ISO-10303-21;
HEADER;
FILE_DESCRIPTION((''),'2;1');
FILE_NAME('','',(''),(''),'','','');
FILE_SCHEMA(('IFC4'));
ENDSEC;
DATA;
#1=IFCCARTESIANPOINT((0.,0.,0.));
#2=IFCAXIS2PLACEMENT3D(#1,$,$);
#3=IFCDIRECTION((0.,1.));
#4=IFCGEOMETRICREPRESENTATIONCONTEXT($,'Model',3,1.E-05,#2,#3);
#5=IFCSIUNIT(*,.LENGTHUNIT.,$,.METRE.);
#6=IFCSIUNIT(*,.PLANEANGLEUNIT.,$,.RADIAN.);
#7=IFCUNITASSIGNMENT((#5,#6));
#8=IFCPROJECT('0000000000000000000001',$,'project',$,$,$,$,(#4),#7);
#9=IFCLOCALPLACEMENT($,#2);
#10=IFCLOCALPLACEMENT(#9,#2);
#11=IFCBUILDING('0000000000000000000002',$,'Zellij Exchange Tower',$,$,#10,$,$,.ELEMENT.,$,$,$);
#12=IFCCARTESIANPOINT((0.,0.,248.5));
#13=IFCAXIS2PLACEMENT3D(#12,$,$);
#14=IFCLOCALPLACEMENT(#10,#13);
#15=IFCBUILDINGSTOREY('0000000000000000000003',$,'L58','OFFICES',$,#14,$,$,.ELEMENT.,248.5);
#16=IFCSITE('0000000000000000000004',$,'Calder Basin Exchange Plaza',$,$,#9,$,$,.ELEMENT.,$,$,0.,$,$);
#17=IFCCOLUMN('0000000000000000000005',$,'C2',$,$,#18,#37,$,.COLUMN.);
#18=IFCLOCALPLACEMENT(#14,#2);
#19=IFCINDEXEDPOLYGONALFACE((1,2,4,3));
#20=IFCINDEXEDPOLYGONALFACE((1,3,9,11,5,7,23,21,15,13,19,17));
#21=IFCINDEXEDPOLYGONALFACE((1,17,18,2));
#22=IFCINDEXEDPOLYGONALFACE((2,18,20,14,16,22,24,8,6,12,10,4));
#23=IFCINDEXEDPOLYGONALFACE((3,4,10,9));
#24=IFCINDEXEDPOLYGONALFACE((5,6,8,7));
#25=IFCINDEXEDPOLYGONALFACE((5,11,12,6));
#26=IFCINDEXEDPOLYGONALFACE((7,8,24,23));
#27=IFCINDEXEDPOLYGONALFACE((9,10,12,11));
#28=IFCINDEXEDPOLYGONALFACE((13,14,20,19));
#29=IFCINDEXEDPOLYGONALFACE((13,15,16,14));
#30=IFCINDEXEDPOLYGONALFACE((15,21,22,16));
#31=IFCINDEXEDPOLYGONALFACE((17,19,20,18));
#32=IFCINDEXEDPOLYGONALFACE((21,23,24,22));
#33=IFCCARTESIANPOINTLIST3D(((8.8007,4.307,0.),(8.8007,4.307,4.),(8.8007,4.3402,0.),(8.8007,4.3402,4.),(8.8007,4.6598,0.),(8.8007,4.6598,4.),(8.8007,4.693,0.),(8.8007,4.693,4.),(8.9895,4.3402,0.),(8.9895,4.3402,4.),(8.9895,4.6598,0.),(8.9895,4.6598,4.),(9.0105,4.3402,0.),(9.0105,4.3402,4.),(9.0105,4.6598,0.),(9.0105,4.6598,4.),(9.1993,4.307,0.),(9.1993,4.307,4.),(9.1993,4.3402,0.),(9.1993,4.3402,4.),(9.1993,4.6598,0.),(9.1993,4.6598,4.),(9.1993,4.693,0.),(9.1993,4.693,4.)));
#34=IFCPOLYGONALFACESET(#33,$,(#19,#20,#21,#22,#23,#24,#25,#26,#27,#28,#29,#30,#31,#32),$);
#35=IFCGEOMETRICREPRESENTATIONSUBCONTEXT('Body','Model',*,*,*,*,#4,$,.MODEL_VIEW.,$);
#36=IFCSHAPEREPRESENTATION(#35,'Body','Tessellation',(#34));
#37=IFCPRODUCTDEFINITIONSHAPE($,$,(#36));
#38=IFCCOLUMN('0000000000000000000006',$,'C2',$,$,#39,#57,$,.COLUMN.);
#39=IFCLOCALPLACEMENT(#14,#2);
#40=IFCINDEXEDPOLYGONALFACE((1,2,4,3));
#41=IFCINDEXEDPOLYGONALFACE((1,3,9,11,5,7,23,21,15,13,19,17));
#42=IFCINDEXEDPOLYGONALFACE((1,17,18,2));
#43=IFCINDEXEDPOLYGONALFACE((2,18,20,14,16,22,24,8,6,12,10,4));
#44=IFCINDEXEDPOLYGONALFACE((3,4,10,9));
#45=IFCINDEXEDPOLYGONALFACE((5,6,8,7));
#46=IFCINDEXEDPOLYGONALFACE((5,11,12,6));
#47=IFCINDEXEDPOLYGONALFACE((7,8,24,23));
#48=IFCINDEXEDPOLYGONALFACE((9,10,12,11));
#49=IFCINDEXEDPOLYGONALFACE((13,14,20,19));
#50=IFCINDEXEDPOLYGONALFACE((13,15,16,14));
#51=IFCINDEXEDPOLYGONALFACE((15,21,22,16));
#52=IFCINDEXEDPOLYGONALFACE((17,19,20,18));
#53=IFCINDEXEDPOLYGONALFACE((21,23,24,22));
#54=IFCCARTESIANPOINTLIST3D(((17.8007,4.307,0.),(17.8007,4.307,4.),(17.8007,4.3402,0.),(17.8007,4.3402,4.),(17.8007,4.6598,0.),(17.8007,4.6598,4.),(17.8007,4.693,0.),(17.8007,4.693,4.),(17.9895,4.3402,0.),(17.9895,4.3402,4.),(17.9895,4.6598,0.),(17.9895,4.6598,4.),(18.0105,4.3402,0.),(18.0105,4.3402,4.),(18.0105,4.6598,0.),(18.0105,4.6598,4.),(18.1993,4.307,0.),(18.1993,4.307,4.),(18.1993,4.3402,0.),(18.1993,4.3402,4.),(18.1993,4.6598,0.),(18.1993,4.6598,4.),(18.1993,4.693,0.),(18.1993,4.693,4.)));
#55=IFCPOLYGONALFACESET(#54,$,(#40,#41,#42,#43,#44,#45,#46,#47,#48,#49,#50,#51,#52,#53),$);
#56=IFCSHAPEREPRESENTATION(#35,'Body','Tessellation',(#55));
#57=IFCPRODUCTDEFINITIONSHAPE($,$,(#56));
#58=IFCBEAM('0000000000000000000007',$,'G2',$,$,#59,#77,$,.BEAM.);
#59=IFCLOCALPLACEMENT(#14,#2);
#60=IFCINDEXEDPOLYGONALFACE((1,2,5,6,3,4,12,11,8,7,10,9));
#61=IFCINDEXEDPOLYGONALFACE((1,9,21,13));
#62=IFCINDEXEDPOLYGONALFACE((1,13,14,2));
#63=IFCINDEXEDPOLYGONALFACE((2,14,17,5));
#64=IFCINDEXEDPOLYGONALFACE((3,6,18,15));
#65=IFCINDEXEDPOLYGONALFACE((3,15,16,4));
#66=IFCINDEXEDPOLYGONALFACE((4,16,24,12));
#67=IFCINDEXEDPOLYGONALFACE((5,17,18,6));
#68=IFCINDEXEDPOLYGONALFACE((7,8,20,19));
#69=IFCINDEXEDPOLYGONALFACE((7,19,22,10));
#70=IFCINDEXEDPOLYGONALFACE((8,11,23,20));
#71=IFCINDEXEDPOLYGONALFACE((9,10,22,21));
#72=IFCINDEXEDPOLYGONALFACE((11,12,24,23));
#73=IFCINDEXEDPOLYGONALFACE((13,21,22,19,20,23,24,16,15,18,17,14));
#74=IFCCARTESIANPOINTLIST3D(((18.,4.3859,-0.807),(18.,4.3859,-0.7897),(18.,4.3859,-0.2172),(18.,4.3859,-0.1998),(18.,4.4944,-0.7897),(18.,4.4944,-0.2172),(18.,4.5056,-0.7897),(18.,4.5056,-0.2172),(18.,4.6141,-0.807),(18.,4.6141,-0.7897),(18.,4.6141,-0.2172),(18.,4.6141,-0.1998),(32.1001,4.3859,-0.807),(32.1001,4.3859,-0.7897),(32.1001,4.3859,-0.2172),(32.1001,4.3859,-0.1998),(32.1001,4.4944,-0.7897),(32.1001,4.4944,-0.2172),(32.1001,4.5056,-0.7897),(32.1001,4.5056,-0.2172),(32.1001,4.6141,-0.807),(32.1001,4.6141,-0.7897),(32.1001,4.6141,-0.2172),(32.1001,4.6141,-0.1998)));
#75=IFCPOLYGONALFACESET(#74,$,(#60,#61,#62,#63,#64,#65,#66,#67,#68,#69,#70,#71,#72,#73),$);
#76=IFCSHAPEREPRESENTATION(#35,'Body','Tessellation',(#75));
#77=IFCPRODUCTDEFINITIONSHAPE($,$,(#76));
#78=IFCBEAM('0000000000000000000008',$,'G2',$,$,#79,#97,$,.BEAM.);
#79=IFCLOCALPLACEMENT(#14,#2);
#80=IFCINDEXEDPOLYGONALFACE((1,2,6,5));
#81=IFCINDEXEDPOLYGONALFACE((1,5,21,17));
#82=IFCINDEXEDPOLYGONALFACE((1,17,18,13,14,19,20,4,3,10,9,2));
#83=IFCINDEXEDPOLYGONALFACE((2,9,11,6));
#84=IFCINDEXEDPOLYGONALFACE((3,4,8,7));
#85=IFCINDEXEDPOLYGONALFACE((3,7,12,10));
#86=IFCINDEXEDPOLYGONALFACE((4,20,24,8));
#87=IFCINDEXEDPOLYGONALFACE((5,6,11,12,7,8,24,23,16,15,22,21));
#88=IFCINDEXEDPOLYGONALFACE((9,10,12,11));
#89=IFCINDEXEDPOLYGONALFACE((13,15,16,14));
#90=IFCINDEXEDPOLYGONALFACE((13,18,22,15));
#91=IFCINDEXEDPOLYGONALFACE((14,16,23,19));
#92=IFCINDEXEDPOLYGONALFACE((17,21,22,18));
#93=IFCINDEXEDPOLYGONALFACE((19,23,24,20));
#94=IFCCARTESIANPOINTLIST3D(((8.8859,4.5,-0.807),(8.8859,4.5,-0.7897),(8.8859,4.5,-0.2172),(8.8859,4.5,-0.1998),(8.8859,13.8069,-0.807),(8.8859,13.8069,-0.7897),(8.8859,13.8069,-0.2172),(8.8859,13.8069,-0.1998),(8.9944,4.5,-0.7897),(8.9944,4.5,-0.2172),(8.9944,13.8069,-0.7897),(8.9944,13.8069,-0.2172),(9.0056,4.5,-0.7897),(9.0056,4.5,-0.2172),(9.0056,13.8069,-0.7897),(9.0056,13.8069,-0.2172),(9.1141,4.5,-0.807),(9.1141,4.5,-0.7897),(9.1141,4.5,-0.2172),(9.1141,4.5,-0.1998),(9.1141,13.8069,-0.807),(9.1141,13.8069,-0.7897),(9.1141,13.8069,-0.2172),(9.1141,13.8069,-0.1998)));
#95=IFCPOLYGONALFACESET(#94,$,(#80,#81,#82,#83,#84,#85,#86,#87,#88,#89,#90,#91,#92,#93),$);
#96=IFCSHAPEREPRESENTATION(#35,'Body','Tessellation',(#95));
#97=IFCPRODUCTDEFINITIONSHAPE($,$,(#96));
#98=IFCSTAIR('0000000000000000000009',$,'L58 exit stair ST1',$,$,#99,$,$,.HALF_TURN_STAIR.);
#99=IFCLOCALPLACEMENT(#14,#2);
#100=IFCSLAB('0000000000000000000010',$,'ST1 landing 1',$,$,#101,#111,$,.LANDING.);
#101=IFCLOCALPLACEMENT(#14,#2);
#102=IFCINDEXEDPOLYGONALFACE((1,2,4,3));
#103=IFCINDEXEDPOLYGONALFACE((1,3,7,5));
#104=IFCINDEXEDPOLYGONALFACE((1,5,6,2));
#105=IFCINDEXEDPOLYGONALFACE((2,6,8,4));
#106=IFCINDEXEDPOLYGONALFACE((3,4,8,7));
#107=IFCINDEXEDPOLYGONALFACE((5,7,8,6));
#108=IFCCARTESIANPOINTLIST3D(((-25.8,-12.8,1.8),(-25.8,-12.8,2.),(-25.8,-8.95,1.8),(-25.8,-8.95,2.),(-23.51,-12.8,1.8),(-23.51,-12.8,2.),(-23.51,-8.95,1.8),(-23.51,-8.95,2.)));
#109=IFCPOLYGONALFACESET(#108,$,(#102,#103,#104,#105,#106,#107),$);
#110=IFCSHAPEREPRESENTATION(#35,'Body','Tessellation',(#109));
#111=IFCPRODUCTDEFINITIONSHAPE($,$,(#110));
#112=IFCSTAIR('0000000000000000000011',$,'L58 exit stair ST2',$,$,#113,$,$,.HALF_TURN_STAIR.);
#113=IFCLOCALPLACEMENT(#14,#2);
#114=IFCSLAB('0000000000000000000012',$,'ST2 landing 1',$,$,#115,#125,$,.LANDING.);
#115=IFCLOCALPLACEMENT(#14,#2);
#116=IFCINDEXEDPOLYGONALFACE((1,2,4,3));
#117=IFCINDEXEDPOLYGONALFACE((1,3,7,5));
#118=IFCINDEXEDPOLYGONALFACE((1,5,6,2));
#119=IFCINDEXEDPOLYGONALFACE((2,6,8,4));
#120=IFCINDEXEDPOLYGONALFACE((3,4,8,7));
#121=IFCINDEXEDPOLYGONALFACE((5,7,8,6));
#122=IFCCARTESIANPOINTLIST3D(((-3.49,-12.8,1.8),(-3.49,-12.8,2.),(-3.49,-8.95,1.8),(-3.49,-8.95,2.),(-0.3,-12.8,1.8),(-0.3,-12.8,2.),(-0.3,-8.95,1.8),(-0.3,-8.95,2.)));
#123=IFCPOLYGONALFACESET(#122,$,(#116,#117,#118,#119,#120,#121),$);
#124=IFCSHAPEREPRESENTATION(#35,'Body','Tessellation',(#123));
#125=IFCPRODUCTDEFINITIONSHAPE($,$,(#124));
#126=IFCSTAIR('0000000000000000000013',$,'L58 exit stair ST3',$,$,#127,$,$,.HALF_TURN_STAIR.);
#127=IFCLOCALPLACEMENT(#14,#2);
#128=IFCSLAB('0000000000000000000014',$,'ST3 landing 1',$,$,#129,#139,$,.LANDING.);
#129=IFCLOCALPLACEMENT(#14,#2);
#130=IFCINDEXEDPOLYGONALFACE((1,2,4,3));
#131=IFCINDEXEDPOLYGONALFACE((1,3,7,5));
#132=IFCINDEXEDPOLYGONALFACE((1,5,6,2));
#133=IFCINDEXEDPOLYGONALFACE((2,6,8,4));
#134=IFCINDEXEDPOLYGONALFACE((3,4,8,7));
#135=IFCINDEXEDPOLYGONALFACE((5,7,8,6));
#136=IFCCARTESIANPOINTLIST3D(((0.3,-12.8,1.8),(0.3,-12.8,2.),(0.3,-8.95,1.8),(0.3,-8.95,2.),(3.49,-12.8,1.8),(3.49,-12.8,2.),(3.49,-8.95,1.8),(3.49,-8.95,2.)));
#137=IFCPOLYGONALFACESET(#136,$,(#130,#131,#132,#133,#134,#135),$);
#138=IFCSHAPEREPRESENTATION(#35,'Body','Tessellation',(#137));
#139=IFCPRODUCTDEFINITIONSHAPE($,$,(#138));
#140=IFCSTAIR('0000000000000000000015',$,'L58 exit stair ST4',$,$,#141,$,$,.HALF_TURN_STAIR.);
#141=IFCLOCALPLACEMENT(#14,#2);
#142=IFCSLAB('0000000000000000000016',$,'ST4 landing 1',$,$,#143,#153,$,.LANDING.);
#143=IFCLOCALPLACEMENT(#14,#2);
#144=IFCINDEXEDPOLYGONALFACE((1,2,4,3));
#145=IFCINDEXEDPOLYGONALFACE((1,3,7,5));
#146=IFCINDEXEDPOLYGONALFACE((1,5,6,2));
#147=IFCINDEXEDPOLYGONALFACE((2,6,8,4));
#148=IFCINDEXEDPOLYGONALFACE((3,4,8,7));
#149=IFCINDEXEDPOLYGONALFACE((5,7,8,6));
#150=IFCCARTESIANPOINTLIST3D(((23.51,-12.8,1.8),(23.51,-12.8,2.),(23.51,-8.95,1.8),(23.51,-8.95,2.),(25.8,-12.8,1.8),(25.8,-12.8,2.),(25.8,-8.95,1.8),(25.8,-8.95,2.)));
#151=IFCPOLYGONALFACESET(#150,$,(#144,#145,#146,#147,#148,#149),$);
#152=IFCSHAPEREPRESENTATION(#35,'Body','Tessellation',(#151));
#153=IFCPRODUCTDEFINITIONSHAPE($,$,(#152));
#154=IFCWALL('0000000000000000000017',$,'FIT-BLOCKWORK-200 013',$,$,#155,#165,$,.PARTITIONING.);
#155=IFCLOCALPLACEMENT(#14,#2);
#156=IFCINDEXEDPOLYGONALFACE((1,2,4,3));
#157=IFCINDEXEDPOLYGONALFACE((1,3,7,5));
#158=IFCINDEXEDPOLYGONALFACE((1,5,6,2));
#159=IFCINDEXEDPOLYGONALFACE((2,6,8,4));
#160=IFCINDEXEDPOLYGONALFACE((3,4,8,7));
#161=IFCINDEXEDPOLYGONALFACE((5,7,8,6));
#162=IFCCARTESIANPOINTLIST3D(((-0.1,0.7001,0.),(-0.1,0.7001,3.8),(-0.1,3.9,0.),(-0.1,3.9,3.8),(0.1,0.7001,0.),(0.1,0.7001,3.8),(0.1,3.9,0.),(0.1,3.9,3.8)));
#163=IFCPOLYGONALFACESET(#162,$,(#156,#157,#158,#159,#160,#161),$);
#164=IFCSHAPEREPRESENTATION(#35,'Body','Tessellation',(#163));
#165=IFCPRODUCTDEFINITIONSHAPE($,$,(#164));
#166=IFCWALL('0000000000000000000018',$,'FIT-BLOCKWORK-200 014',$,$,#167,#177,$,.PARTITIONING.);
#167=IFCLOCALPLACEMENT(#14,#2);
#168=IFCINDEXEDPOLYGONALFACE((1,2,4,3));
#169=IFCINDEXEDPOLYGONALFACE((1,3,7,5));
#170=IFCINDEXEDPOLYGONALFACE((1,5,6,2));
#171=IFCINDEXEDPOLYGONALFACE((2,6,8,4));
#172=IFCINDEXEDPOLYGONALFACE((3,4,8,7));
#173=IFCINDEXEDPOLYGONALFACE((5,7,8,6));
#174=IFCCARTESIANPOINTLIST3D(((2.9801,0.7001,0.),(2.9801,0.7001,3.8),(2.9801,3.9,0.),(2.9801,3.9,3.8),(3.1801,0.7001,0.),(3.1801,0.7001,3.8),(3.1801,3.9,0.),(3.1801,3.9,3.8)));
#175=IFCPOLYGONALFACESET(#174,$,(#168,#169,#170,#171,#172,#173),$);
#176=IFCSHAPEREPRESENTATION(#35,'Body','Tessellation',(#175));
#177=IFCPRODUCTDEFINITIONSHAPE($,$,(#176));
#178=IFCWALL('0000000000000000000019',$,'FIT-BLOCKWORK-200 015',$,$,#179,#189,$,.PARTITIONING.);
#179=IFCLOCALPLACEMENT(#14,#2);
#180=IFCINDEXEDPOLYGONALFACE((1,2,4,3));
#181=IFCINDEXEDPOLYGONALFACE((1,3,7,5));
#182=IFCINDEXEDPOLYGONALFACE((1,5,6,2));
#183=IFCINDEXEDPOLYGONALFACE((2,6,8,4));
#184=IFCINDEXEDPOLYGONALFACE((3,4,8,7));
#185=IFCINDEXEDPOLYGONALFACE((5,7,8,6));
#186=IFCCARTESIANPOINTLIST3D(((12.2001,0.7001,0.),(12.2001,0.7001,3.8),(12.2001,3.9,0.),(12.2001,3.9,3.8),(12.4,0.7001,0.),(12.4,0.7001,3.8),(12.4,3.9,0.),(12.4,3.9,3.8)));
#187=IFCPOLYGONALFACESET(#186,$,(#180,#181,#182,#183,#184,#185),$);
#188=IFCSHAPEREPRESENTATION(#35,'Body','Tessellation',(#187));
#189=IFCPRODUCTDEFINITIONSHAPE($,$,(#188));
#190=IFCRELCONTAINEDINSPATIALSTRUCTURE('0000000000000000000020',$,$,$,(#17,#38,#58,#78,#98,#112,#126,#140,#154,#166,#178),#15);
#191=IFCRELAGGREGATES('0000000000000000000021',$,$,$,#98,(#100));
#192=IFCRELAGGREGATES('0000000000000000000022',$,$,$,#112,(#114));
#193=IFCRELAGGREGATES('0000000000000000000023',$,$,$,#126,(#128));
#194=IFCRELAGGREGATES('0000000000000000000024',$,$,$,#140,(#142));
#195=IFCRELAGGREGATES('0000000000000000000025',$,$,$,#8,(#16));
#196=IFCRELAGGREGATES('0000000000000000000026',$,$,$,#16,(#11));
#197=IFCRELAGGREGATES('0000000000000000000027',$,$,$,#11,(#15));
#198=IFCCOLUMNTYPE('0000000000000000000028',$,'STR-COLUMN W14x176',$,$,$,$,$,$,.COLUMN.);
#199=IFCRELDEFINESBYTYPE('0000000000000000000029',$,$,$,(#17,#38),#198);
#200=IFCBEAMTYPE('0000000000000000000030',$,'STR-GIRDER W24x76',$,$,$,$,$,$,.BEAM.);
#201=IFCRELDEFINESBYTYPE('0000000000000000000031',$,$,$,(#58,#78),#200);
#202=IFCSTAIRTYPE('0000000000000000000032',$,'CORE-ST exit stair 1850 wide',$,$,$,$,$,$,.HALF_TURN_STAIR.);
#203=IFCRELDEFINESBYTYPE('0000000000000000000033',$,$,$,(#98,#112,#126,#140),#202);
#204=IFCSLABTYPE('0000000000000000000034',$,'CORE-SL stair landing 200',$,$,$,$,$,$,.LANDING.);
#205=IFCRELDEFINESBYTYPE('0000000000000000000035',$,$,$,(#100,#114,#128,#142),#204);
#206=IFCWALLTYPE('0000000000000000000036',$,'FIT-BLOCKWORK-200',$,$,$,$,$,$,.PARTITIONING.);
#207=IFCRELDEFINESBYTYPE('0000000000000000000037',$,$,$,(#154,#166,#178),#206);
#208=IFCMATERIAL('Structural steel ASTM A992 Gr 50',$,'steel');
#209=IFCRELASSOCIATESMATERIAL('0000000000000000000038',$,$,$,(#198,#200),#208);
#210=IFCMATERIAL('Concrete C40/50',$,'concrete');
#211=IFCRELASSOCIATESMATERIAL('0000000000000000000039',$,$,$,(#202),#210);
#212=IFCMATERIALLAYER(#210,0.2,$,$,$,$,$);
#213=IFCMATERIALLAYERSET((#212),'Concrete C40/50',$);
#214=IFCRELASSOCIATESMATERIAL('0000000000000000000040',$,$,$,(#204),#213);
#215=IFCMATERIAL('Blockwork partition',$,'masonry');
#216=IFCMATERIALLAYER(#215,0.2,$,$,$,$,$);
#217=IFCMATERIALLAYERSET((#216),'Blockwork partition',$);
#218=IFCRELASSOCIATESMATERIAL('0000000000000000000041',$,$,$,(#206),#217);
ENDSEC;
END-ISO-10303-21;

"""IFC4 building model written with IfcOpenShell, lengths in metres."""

from ifc_helpers import new_model, si_unit, direction, frame, frame_2d, origin, origin_2d, place, context, subcontext, project, spatial, polyline, rectangle, i_section, outline, extrude, material, layer, layer_set, material_profile, profile_set, type_object, element, aggregate, save


model = new_model("IFC4")

# Units and contexts
model_context = context("Model", 3, precision=1e-05, world=origin(), true_north=direction((0.0, 1.0)))
body_context = subcontext(model_context, "Body", "Model", "MODEL_VIEW")
ifc_project = project(units=[si_unit("LENGTHUNIT", "METRE"), si_unit("PLANEANGLEUNIT", "RADIAN")], contexts=[model_context])

# Site, building, storey
site_placement = place(None, origin())
site = spatial("IfcSite", under=ifc_project, at=site_placement, Name="Calder Basin Exchange Plaza", CompositionType="ELEMENT", RefElevation=0.0)
building_placement = place(site_placement, origin())
building = spatial("IfcBuilding", under=site, at=building_placement, Name="Zellij Exchange Tower", CompositionType="ELEMENT")
storey_placement = place(building_placement, frame((0.0, 0.0, 248.5)))
storey = spatial("IfcBuildingStorey", under=building, at=storey_placement, Name="L58", Description="OFFICES", CompositionType="ELEMENT", Elevation=248.5)

# Columns
ifc_material_1 = material(Name="Structural steel ASTM A992 Gr 50", Category="steel")
ifc_material_profile_1 = material_profile(ifc_material_1, i_section(OverallWidth=0.3987, OverallDepth=0.386, WebThickness=0.021, FlangeThickness=0.0332, at=origin_2d()), Name="W14x176")
ifc_profile_set_1 = profile_set([ifc_material_profile_1], Name="Structural steel ASTM A992 Gr 50")
column_type = type_object("IfcColumnType", Name="STR-COLUMN W14x176", PredefinedType="COLUMN", material=ifc_profile_set_1)
for number, where, z_axis, x_axis, name in (
    (1, (9.0, 4.5, 0.0), (0.0, 0.0, 1.0), (1.0, 0.0, 0.0), "C2"),
    (2, (18.0, 4.5, 0.0), (0.0, 0.0, 1.0), (1.0, 0.0, 0.0), "C2"),
):
    element("IfcColumn", number, at=place(storey_placement, frame(where, z_axis=z_axis, x_axis=x_axis)), inside=storey, type_object=column_type, Name=name, PredefinedType="COLUMN", context=body_context, shape_type="SweptSolid", body=[
        extrude(i_section(OverallWidth=0.3987, OverallDepth=0.386, WebThickness=0.021, FlangeThickness=0.0332, at=origin_2d()), origin(), (0.0, 0.0, 1.0), 4.0),
    ])

# Beams
ifc_material_profile_2 = material_profile(ifc_material_1, i_section(OverallWidth=0.2283, OverallDepth=0.6072, WebThickness=0.0112, FlangeThickness=0.0173, at=origin_2d()), Name="W24x76")
ifc_profile_set_2 = profile_set([ifc_material_profile_2], Name="Structural steel ASTM A992 Gr 50")
beam_type = type_object("IfcBeamType", Name="STR-GIRDER W24x76", PredefinedType="BEAM", material=ifc_profile_set_2)
beam_1_placement = place(storey_placement, frame((18.0, 4.5, -0.5034), z_axis=(1.0, 0.0, 0.0), x_axis=(0.0, 1.0, 0.0)))
element("IfcBeam", 3, at=beam_1_placement, inside=storey, type_object=beam_type, Name="G2", PredefinedType="BEAM", context=body_context, shape_type="SweptSolid", body=[
    extrude(i_section(OverallWidth=0.2283, OverallDepth=0.6072, WebThickness=0.0112, FlangeThickness=0.0173, at=origin_2d()), origin(), (0.0, 0.0, 1.0), 14.1001),
])
beam_2_placement = place(storey_placement, frame((9.0, 4.5, -0.5034), z_axis=(0.0, 1.0, 0.0), x_axis=(-1.0, 0.0, 0.0)))
element("IfcBeam", 4, at=beam_2_placement, inside=storey, type_object=beam_type, Name="G2", PredefinedType="BEAM", context=body_context, shape_type="SweptSolid", body=[
    extrude(i_section(OverallWidth=0.2283, OverallDepth=0.6072, WebThickness=0.0112, FlangeThickness=0.0173, at=origin_2d()), origin(), (0.0, 0.0, 1.0), 9.3069),
])

# Stairs, slabs
ifc_material_2 = material(Name="Concrete C40/50", Category="concrete")
stair_type = type_object("IfcStairType", Name="CORE-ST exit stair 1850 wide", PredefinedType="HALF_TURN_STAIR", material=ifc_material_2)
stair_1_placement = place(storey_placement, origin())
stair_1 = element("IfcStair", 5, at=stair_1_placement, inside=storey, type_object=stair_type, Name="L58 exit stair ST1", PredefinedType="HALF_TURN_STAIR")
ifc_layer_1 = layer(ifc_material_2, 0.2)
ifc_layer_set_1 = layer_set([ifc_layer_1], Name="Concrete C40/50")
slab_type = type_object("IfcSlabType", Name="CORE-SL stair landing 200", PredefinedType="LANDING", material=ifc_layer_set_1)
slab_1_placement = place(storey_placement, frame((0.0, 0.0, 1.8)))
slab_1 = element("IfcSlab", 6, at=slab_1_placement, type_object=slab_type, Name="ST1 landing 1", PredefinedType="LANDING", context=body_context, shape_type="SweptSolid", body=[
    extrude(outline(polyline([(-23.51, -8.95), (-25.8, -8.95), (-25.8, -12.8), (-23.51, -12.8), (-23.51, -8.95)])), origin(), (0.0, 0.0, 1.0), 0.2),
])
aggregate(stair_1, [slab_1])
stair_2_placement = place(storey_placement, origin())
stair_2 = element("IfcStair", 7, at=stair_2_placement, inside=storey, type_object=stair_type, Name="L58 exit stair ST2", PredefinedType="HALF_TURN_STAIR")
slab_2_placement = place(storey_placement, frame((0.0, 0.0, 1.8)))
slab_2 = element("IfcSlab", 8, at=slab_2_placement, type_object=slab_type, Name="ST2 landing 1", PredefinedType="LANDING", context=body_context, shape_type="SweptSolid", body=[
    extrude(outline(polyline([(-3.49, -12.8), (-0.3, -12.8), (-0.3, -8.95), (-3.49, -8.95), (-3.49, -12.8)])), origin(), (0.0, 0.0, 1.0), 0.2),
])
aggregate(stair_2, [slab_2])
stair_3_placement = place(storey_placement, origin())
stair_3 = element("IfcStair", 9, at=stair_3_placement, inside=storey, type_object=stair_type, Name="L58 exit stair ST3", PredefinedType="HALF_TURN_STAIR")
slab_3_placement = place(storey_placement, frame((0.0, 0.0, 1.8)))
slab_3 = element("IfcSlab", 10, at=slab_3_placement, type_object=slab_type, Name="ST3 landing 1", PredefinedType="LANDING", context=body_context, shape_type="SweptSolid", body=[
    extrude(outline(polyline([(3.49, -8.95), (0.3, -8.95), (0.3, -12.8), (3.49, -12.8), (3.49, -8.95)])), origin(), (0.0, 0.0, 1.0), 0.2),
])
aggregate(stair_3, [slab_3])
stair_4_placement = place(storey_placement, origin())
stair_4 = element("IfcStair", 11, at=stair_4_placement, inside=storey, type_object=stair_type, Name="L58 exit stair ST4", PredefinedType="HALF_TURN_STAIR")
slab_4_placement = place(storey_placement, frame((0.0, 0.0, 1.8)))
slab_4 = element("IfcSlab", 12, at=slab_4_placement, type_object=slab_type, Name="ST4 landing 1", PredefinedType="LANDING", context=body_context, shape_type="SweptSolid", body=[
    extrude(outline(polyline([(23.51, -12.8), (25.8, -12.8), (25.8, -8.95), (23.51, -8.95), (23.51, -12.8)])), origin(), (0.0, 0.0, 1.0), 0.2),
])
aggregate(stair_4, [slab_4])

# Walls
ifc_material_3 = material(Name="Blockwork partition", Category="masonry")
ifc_layer_2 = layer(ifc_material_3, 0.2)
ifc_layer_set_2 = layer_set([ifc_layer_2], Name="Blockwork partition")
wall_type_1 = type_object("IfcWallType", Name="FIT-BLOCKWORK-200", PredefinedType="PARTITIONING", material=ifc_layer_set_2)
for number, where, z_axis, x_axis, name in (
    (13, (0.0, 0.7, 0.0), (0.0, 0.0, 1.0), (0.0, 1.0, 0.0), "FIT-BLOCKWORK-200 013"),
    (14, (3.0801, 0.7, 0.0), (0.0, 0.0, 1.0), (0.0, 1.0, 0.0), "FIT-BLOCKWORK-200 014"),
    (15, (12.3, 0.7, 0.0), (0.0, 0.0, 1.0), (0.0, 1.0, 0.0), "FIT-BLOCKWORK-200 015"),
):
    element("IfcWall", number, at=place(storey_placement, frame(where, z_axis=z_axis, x_axis=x_axis)), inside=storey, type_object=wall_type_1, Name=name, PredefinedType="PARTITIONING", context=body_context, shape_type="SweptSolid", body=[
        extrude(rectangle(XDim=3.2, YDim=0.2, at=frame_2d((1.6001, 0.0))), origin(), (0.0, 0.0, 1.0), 3.8),
    ])

save(model, "model.ifc")
